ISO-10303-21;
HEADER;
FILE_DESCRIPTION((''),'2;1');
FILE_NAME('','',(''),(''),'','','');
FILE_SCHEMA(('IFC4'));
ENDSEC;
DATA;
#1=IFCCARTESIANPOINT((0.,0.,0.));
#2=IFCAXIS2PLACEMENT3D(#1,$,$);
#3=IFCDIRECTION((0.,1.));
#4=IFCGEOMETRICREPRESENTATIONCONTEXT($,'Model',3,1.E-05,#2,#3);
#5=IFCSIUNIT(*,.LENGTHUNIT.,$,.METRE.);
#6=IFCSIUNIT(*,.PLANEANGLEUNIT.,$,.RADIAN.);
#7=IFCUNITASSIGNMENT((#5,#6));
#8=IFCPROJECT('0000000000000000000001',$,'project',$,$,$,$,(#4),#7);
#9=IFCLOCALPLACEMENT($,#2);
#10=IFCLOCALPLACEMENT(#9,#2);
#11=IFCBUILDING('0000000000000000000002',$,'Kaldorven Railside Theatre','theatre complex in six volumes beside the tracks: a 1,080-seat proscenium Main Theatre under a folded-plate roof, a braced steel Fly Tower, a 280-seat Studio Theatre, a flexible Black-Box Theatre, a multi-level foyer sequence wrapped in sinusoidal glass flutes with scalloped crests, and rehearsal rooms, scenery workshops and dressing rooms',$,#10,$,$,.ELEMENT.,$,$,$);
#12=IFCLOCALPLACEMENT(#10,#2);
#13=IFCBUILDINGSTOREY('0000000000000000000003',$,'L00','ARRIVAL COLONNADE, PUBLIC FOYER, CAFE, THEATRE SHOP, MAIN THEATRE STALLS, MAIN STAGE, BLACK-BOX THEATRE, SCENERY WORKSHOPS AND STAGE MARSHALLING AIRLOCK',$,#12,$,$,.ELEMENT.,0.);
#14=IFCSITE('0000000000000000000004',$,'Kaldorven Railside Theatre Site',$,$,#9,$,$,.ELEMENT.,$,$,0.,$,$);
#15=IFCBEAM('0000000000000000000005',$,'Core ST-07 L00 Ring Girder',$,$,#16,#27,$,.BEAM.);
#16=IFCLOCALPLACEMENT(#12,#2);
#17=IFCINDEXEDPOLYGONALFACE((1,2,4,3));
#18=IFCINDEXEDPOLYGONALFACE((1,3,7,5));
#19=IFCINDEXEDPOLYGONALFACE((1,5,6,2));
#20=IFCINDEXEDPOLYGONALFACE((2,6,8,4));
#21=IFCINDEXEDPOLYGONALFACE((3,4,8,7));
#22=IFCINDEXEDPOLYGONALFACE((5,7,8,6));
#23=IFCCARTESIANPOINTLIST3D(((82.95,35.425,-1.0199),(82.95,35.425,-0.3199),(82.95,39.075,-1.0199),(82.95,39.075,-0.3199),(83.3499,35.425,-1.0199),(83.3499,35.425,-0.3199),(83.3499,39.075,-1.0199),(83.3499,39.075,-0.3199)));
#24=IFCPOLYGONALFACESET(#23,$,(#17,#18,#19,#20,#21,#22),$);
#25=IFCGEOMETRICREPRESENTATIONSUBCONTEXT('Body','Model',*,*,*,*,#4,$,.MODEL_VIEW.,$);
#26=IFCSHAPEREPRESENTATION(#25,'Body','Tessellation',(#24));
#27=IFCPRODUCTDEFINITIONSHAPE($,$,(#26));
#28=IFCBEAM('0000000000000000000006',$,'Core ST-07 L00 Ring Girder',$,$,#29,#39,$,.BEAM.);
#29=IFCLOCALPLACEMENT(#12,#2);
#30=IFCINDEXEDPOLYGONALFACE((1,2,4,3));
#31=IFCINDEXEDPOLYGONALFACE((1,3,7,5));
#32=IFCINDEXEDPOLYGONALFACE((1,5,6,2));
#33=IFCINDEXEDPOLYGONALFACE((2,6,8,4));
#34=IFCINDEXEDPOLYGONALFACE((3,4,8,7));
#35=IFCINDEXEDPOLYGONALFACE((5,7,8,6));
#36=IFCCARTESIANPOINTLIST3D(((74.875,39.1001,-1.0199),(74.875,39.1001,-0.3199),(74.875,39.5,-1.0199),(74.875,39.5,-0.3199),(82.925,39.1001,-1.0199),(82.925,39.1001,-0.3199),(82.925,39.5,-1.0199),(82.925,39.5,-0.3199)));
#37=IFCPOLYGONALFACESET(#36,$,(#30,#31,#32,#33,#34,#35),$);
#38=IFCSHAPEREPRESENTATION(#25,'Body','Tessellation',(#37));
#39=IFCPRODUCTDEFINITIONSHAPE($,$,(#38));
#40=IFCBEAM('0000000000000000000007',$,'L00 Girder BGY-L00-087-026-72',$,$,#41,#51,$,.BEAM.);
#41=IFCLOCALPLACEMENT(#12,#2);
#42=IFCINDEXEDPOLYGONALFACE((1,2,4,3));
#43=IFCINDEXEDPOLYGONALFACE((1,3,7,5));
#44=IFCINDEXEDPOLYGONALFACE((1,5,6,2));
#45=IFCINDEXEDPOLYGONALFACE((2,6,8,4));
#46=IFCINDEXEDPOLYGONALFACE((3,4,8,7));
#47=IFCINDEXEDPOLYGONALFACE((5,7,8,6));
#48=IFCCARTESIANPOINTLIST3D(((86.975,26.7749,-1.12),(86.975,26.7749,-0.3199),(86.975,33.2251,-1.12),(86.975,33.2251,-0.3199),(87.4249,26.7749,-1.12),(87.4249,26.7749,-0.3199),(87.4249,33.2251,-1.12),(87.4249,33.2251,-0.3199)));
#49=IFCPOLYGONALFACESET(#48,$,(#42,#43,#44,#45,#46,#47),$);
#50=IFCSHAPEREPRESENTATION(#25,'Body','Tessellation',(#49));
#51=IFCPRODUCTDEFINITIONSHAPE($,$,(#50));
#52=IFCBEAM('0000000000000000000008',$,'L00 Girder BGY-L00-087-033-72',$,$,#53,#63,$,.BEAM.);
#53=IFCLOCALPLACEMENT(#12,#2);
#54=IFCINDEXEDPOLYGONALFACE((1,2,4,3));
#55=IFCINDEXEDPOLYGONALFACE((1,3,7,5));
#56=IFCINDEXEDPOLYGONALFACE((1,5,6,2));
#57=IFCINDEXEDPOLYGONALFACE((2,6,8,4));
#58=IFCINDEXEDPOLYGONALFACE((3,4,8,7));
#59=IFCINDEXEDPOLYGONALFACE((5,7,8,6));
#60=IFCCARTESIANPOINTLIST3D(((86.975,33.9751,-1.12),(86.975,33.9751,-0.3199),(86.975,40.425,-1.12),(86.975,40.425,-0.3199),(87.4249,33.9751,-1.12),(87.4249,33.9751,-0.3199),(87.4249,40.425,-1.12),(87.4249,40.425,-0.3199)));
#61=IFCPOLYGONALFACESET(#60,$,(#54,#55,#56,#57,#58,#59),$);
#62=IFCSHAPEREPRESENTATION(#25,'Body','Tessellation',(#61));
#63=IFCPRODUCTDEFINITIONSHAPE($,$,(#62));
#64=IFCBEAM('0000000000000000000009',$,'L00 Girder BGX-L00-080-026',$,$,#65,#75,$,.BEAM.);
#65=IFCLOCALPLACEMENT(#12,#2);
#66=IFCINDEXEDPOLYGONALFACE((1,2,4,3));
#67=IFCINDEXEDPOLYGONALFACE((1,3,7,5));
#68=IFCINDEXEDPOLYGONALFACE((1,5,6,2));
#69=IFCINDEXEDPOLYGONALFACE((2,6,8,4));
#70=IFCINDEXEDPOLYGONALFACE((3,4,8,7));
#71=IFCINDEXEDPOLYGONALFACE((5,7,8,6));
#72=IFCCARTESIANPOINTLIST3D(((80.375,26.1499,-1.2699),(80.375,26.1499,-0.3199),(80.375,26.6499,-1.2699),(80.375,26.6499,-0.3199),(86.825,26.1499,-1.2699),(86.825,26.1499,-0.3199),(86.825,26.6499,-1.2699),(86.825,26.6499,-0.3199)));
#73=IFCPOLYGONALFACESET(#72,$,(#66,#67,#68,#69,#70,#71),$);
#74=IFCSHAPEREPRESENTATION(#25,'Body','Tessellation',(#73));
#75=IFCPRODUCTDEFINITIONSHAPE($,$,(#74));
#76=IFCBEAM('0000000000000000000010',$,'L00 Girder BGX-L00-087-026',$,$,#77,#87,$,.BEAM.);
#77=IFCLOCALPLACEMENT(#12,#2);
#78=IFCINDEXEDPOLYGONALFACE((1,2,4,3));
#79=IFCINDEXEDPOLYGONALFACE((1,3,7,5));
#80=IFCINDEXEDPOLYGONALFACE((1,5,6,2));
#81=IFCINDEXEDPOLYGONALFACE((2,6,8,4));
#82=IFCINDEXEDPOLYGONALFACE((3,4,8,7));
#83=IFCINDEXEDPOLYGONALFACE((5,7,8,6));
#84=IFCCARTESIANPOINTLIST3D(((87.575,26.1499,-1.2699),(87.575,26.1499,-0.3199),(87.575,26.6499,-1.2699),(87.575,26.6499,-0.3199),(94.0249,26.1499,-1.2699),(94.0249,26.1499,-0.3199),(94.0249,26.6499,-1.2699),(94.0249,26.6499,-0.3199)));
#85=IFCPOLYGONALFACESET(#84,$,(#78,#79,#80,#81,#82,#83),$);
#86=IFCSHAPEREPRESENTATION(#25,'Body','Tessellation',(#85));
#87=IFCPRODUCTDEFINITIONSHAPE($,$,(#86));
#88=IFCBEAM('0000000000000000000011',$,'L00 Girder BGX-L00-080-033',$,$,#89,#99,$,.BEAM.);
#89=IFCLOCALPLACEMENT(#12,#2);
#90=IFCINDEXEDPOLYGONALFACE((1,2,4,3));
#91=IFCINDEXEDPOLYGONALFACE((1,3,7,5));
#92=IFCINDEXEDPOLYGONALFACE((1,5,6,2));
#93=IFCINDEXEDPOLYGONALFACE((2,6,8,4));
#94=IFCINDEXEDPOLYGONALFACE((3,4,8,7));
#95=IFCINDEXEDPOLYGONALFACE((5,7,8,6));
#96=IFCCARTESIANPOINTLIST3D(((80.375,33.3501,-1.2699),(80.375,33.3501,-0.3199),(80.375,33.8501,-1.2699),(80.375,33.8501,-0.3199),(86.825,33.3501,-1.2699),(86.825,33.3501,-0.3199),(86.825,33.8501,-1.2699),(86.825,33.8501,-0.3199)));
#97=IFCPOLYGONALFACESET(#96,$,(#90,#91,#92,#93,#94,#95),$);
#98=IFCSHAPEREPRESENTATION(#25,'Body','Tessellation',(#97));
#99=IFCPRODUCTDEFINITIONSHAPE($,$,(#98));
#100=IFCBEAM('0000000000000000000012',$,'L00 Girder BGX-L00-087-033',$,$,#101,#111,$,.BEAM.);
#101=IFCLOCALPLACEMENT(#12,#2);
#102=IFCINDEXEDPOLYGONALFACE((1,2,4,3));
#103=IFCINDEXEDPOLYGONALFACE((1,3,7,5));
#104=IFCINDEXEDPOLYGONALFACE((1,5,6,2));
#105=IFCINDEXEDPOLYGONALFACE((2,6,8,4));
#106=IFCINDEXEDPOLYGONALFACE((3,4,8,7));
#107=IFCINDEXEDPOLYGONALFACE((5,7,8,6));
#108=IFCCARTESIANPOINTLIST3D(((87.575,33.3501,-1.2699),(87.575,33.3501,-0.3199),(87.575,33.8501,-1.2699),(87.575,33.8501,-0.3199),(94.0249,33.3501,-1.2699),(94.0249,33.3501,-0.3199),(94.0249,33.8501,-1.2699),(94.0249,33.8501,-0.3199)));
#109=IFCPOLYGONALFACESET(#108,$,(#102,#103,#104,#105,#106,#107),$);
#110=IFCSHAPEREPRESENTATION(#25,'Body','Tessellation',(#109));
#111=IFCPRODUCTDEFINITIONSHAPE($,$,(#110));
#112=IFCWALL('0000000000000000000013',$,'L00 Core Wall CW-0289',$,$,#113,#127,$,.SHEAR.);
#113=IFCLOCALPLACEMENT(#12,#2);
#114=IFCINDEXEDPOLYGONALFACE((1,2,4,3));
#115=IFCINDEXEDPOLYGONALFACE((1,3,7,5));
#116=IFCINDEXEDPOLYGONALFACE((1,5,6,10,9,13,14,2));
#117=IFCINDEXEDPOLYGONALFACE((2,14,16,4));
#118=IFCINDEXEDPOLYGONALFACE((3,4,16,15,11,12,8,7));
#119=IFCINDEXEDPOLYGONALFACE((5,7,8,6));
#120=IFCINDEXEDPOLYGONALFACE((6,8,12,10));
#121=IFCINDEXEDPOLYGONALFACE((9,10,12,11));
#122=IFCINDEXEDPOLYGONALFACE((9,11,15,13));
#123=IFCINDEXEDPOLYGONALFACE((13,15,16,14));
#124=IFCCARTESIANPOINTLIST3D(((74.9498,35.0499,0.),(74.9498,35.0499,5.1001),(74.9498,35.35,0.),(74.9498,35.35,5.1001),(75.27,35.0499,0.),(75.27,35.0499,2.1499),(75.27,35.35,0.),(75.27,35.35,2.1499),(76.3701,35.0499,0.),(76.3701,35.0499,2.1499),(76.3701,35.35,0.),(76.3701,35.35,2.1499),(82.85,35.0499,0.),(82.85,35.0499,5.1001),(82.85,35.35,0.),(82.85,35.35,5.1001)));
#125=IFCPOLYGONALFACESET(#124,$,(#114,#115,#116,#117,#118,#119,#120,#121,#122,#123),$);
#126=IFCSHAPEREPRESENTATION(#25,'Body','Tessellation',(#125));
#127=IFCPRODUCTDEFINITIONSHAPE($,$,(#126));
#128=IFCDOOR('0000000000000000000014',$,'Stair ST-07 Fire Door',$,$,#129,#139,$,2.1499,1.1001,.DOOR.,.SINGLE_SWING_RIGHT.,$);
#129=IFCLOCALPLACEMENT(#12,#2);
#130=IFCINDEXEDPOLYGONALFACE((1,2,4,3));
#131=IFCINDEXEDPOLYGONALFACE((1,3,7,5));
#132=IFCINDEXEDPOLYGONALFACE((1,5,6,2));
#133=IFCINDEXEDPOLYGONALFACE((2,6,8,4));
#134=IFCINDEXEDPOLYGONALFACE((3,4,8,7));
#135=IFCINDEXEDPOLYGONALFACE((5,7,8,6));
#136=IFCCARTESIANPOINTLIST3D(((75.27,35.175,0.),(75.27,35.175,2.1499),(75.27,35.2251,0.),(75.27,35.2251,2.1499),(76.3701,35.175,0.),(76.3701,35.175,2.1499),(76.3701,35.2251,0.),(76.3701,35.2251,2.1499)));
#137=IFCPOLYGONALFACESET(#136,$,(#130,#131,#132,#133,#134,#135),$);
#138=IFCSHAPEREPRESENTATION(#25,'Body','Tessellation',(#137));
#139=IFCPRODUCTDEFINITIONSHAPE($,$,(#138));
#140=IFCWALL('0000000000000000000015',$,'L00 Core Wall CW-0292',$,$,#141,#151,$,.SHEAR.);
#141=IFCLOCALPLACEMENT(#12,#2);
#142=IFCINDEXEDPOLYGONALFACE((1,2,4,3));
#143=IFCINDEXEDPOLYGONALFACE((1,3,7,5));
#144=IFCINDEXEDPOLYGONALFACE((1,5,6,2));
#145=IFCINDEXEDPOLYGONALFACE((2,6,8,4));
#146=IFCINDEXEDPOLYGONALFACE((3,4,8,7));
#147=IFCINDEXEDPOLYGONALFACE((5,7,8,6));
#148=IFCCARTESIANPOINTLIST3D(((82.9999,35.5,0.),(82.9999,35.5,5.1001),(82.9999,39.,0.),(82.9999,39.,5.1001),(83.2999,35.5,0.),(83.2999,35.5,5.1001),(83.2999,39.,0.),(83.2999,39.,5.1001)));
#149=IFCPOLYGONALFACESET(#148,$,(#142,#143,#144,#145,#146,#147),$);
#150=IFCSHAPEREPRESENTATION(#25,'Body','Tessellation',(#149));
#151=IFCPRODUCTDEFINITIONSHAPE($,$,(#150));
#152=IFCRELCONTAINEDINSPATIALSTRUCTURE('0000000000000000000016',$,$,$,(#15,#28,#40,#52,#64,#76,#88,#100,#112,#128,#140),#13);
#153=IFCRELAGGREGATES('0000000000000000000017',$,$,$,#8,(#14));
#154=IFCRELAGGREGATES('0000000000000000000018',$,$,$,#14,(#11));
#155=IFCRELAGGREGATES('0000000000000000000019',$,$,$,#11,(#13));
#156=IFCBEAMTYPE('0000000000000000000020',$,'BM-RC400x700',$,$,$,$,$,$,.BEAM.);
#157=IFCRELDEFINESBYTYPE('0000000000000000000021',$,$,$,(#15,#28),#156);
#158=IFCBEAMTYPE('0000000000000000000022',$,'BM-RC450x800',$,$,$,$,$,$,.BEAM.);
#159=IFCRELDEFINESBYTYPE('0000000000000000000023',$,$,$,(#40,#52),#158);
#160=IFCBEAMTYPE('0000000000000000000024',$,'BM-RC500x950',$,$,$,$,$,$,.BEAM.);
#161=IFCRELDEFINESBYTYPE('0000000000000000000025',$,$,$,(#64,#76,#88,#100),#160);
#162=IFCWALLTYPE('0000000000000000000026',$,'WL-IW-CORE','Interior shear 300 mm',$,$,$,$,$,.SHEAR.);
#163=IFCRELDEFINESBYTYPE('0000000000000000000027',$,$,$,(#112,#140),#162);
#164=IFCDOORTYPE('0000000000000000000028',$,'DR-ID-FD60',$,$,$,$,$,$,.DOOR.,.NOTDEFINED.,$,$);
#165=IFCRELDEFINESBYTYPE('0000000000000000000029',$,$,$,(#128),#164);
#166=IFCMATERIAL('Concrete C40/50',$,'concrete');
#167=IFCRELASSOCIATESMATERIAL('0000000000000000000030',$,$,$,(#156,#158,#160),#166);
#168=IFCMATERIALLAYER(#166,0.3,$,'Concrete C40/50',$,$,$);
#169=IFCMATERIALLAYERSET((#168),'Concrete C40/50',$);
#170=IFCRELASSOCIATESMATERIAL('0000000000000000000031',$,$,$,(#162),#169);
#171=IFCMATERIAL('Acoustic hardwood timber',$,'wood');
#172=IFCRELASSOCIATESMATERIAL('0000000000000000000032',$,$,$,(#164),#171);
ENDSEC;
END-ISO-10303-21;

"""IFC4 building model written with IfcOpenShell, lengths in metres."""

from ifc_helpers import new_model, si_unit, direction, frame, frame_2d, origin, origin_2d, place, context, subcontext, project, spatial, rectangle, extrude, material, layer, layer_set, material_profile, profile_set, type_object, element, fill, save


model = new_model("IFC4")

# Units and contexts
model_context = context("Model", 3, precision=1e-05, world=origin(), true_north=direction((0.0, 1.0)))
body_context = subcontext(model_context, "Body", "Model", "MODEL_VIEW")
ifc_project = project(units=[si_unit("LENGTHUNIT", "METRE"), si_unit("PLANEANGLEUNIT", "RADIAN")], contexts=[model_context])

# Site, building, storey
site_placement = place(None, origin())
site = spatial("IfcSite", under=ifc_project, at=site_placement, Name="Kaldorven Railside Theatre Site", CompositionType="ELEMENT", RefElevation=0.0)
building_placement = place(site_placement, origin())
building = spatial("IfcBuilding", under=site, at=building_placement, Name="Kaldorven Railside Theatre", Description="theatre complex in six volumes beside the tracks: a 1,080-seat proscenium Main Theatre under a folded-plate roof, a braced steel Fly Tower, a 280-seat Studio Theatre, a flexible Black-Box Theatre, a multi-level foyer sequence wrapped in sinusoidal glass flutes with scalloped crests, and rehearsal rooms, scenery workshops and dressing rooms", CompositionType="ELEMENT")
storey_placement = place(building_placement, origin())
storey = spatial("IfcBuildingStorey", under=building, at=storey_placement, Name="L00", Description="ARRIVAL COLONNADE, PUBLIC FOYER, CAFE, THEATRE SHOP, MAIN THEATRE STALLS, MAIN STAGE, BLACK-BOX THEATRE, SCENERY WORKSHOPS AND STAGE MARSHALLING AIRLOCK", CompositionType="ELEMENT", Elevation=0.0)

# Shared definitions
ifc_material_1 = material(Name="Concrete C40/50", Category="concrete")

# Beams
ifc_material_profile_1 = material_profile(ifc_material_1, rectangle(XDim=0.3999, YDim=0.7, at=origin_2d()), Name="RC 400x700")
ifc_profile_set_1 = profile_set([ifc_material_profile_1], Name="Concrete C40/50")
beam_type_1 = type_object("IfcBeamType", Name="BM-RC400x700", PredefinedType="BEAM", material=ifc_profile_set_1)
beam_1_placement = place(storey_placement, frame((83.1499, 35.425, -0.6699), z_axis=(0.0, 1.0, 0.0), x_axis=(-1.0, 0.0, 0.0)))
element("IfcBeam", 1, at=beam_1_placement, inside=storey, type_object=beam_type_1, Name="Core ST-07 L00 Ring Girder", PredefinedType="BEAM", context=body_context, shape_type="SweptSolid", body=[
    extrude(rectangle(XDim=0.3999, YDim=0.7, at=origin_2d()), origin(), (0.0, 0.0, 1.0), 3.6499),
])
beam_2_placement = place(storey_placement, frame((82.925, 39.3, -0.6699), z_axis=(-1.0, 0.0, 0.0), x_axis=(0.0, -1.0, 0.0)))
element("IfcBeam", 2, at=beam_2_placement, inside=storey, type_object=beam_type_1, Name="Core ST-07 L00 Ring Girder", PredefinedType="BEAM", context=body_context, shape_type="SweptSolid", body=[
    extrude(rectangle(XDim=0.3999, YDim=0.7, at=origin_2d()), origin(), (0.0, 0.0, 1.0), 8.05),
])
ifc_material_profile_2 = material_profile(ifc_material_1, rectangle(XDim=0.45, YDim=0.8, at=origin_2d()), Name="RC 450x800")
ifc_profile_set_2 = profile_set([ifc_material_profile_2], Name="Concrete C40/50")
beam_type_2 = type_object("IfcBeamType", Name="BM-RC450x800", PredefinedType="BEAM", material=ifc_profile_set_2)
beam_3_placement = place(storey_placement, frame((87.2, 26.7749, -0.72), z_axis=(0.0, 1.0, 0.0), x_axis=(-1.0, 0.0, 0.0)))
element("IfcBeam", 3, at=beam_3_placement, inside=storey, type_object=beam_type_2, Name="L00 Girder BGY-L00-087-026-72", PredefinedType="BEAM", context=body_context, shape_type="SweptSolid", body=[
    extrude(rectangle(XDim=0.45, YDim=0.8, at=origin_2d()), origin(), (0.0, 0.0, 1.0), 6.4502),
])
beam_4_placement = place(storey_placement, frame((87.2, 33.9751, -0.72), z_axis=(0.0, 1.0, 0.0), x_axis=(-1.0, 0.0, 0.0)))
element("IfcBeam", 4, at=beam_4_placement, inside=storey, type_object=beam_type_2, Name="L00 Girder BGY-L00-087-033-72", PredefinedType="BEAM", context=body_context, shape_type="SweptSolid", body=[
    extrude(rectangle(XDim=0.45, YDim=0.8, at=origin_2d()), origin(), (0.0, 0.0, 1.0), 6.45),
])
ifc_material_profile_3 = material_profile(ifc_material_1, rectangle(XDim=0.5, YDim=0.95, at=origin_2d()), Name="RC 500x950")
ifc_profile_set_3 = profile_set([ifc_material_profile_3], Name="Concrete C40/50")
beam_type_3 = type_object("IfcBeamType", Name="BM-RC500x950", PredefinedType="BEAM", material=ifc_profile_set_3)
for number, where, z_axis, x_axis, name in (
    (5, (80.375, 26.3999, -0.7949), (1.0, 0.0, 0.0), (0.0, 1.0, 0.0), "L00 Girder BGX-L00-080-026"),
    (6, (87.575, 26.3999, -0.7949), (1.0, 0.0, 0.0), (0.0, 1.0, 0.0), "L00 Girder BGX-L00-087-026"),
    (7, (80.375, 33.6001, -0.7949), (1.0, 0.0, 0.0), (0.0, 1.0, 0.0), "L00 Girder BGX-L00-080-033"),
    (8, (87.575, 33.6001, -0.7949), (1.0, 0.0, 0.0), (0.0, 1.0, 0.0), "L00 Girder BGX-L00-087-033"),
):
    element("IfcBeam", number, at=place(storey_placement, frame(where, z_axis=z_axis, x_axis=x_axis)), inside=storey, type_object=beam_type_3, Name=name, PredefinedType="BEAM", context=body_context, shape_type="SweptSolid", body=[
        extrude(rectangle(XDim=0.5, YDim=0.95, at=origin_2d()), origin(), (0.0, 0.0, 1.0), 6.45),
    ])

# Wall, opening, door
ifc_layer = layer(ifc_material_1, 0.3, Name="Concrete C40/50")
ifc_layer_set = layer_set([ifc_layer], Name="Concrete C40/50")
wall_type = type_object("IfcWallType", Name="WL-IW-CORE", Description="Interior shear 300 mm", PredefinedType="SHEAR", material=ifc_layer_set)
wall_1_placement = place(storey_placement, frame((82.8501, 35.2, 0.0), z_axis=(0.0, 0.0, 1.0), x_axis=(-1.0, 0.0, 0.0)))
wall_1 = element("IfcWall", 9, at=wall_1_placement, inside=storey, type_object=wall_type, Name="L00 Core Wall CW-0289", PredefinedType="SHEAR", context=body_context, shape_type="SweptSolid", body=[
    extrude(rectangle(XDim=7.9001, YDim=0.3, at=frame_2d((3.9502, 0.0))), origin(), (0.0, 0.0, 1.0), 5.1001),
])
opening_placement = place(wall_1_placement, frame((6.48, 0.0, 0.0)))
opening = element("IfcOpeningElement", 10, at=opening_placement, cuts=wall_1, PredefinedType="OPENING", context=body_context, shape_type="SweptSolid", body=[
    extrude(rectangle(XDim=1.1001, YDim=2.1499, at=frame_2d((0.55, 1.075))), frame((0.0, 0.1602, 0.0), z_axis=(0.0, -1.0, 0.0), x_axis=(1.0, 0.0, 0.0)), (0.0, 0.0, 1.0), 0.3201),
])
ifc_material_2 = material(Name="Acoustic hardwood timber", Category="wood")
door_type = type_object("IfcDoorType", Name="DR-ID-FD60", OperationType="NOTDEFINED", PredefinedType="DOOR", material=ifc_material_2)
door_placement = place(opening_placement, origin())
door = element("IfcDoor", 11, at=door_placement, inside=storey, type_object=door_type, Name="Stair ST-07 Fire Door", OperationType="SINGLE_SWING_RIGHT", OverallHeight=2.1499, OverallWidth=1.1001, PredefinedType="DOOR", context=body_context, shape_type="SweptSolid", body=[
    extrude(rectangle(XDim=1.1001, YDim=2.1499, at=frame_2d((0.55, 1.075))), frame((0.0, 0.0249, 0.0), z_axis=(0.0, -1.0, 0.0), x_axis=(1.0, 0.0, 0.0)), (0.0, 0.0, 1.0), 0.05),
])
fill(opening, door)

# Wall
wall_2_placement = place(storey_placement, frame((83.1499, 39.0, 0.0), z_axis=(0.0, 0.0, 1.0), x_axis=(0.0, -1.0, 0.0)))
element("IfcWall", 12, at=wall_2_placement, inside=storey, type_object=wall_type, Name="L00 Core Wall CW-0292", PredefinedType="SHEAR", context=body_context, shape_type="SweptSolid", body=[
    extrude(rectangle(XDim=3.5, YDim=0.3, at=frame_2d((1.75, 0.0))), origin(), (0.0, 0.0, 1.0), 5.1001),
])

save(model, "model.ifc")
